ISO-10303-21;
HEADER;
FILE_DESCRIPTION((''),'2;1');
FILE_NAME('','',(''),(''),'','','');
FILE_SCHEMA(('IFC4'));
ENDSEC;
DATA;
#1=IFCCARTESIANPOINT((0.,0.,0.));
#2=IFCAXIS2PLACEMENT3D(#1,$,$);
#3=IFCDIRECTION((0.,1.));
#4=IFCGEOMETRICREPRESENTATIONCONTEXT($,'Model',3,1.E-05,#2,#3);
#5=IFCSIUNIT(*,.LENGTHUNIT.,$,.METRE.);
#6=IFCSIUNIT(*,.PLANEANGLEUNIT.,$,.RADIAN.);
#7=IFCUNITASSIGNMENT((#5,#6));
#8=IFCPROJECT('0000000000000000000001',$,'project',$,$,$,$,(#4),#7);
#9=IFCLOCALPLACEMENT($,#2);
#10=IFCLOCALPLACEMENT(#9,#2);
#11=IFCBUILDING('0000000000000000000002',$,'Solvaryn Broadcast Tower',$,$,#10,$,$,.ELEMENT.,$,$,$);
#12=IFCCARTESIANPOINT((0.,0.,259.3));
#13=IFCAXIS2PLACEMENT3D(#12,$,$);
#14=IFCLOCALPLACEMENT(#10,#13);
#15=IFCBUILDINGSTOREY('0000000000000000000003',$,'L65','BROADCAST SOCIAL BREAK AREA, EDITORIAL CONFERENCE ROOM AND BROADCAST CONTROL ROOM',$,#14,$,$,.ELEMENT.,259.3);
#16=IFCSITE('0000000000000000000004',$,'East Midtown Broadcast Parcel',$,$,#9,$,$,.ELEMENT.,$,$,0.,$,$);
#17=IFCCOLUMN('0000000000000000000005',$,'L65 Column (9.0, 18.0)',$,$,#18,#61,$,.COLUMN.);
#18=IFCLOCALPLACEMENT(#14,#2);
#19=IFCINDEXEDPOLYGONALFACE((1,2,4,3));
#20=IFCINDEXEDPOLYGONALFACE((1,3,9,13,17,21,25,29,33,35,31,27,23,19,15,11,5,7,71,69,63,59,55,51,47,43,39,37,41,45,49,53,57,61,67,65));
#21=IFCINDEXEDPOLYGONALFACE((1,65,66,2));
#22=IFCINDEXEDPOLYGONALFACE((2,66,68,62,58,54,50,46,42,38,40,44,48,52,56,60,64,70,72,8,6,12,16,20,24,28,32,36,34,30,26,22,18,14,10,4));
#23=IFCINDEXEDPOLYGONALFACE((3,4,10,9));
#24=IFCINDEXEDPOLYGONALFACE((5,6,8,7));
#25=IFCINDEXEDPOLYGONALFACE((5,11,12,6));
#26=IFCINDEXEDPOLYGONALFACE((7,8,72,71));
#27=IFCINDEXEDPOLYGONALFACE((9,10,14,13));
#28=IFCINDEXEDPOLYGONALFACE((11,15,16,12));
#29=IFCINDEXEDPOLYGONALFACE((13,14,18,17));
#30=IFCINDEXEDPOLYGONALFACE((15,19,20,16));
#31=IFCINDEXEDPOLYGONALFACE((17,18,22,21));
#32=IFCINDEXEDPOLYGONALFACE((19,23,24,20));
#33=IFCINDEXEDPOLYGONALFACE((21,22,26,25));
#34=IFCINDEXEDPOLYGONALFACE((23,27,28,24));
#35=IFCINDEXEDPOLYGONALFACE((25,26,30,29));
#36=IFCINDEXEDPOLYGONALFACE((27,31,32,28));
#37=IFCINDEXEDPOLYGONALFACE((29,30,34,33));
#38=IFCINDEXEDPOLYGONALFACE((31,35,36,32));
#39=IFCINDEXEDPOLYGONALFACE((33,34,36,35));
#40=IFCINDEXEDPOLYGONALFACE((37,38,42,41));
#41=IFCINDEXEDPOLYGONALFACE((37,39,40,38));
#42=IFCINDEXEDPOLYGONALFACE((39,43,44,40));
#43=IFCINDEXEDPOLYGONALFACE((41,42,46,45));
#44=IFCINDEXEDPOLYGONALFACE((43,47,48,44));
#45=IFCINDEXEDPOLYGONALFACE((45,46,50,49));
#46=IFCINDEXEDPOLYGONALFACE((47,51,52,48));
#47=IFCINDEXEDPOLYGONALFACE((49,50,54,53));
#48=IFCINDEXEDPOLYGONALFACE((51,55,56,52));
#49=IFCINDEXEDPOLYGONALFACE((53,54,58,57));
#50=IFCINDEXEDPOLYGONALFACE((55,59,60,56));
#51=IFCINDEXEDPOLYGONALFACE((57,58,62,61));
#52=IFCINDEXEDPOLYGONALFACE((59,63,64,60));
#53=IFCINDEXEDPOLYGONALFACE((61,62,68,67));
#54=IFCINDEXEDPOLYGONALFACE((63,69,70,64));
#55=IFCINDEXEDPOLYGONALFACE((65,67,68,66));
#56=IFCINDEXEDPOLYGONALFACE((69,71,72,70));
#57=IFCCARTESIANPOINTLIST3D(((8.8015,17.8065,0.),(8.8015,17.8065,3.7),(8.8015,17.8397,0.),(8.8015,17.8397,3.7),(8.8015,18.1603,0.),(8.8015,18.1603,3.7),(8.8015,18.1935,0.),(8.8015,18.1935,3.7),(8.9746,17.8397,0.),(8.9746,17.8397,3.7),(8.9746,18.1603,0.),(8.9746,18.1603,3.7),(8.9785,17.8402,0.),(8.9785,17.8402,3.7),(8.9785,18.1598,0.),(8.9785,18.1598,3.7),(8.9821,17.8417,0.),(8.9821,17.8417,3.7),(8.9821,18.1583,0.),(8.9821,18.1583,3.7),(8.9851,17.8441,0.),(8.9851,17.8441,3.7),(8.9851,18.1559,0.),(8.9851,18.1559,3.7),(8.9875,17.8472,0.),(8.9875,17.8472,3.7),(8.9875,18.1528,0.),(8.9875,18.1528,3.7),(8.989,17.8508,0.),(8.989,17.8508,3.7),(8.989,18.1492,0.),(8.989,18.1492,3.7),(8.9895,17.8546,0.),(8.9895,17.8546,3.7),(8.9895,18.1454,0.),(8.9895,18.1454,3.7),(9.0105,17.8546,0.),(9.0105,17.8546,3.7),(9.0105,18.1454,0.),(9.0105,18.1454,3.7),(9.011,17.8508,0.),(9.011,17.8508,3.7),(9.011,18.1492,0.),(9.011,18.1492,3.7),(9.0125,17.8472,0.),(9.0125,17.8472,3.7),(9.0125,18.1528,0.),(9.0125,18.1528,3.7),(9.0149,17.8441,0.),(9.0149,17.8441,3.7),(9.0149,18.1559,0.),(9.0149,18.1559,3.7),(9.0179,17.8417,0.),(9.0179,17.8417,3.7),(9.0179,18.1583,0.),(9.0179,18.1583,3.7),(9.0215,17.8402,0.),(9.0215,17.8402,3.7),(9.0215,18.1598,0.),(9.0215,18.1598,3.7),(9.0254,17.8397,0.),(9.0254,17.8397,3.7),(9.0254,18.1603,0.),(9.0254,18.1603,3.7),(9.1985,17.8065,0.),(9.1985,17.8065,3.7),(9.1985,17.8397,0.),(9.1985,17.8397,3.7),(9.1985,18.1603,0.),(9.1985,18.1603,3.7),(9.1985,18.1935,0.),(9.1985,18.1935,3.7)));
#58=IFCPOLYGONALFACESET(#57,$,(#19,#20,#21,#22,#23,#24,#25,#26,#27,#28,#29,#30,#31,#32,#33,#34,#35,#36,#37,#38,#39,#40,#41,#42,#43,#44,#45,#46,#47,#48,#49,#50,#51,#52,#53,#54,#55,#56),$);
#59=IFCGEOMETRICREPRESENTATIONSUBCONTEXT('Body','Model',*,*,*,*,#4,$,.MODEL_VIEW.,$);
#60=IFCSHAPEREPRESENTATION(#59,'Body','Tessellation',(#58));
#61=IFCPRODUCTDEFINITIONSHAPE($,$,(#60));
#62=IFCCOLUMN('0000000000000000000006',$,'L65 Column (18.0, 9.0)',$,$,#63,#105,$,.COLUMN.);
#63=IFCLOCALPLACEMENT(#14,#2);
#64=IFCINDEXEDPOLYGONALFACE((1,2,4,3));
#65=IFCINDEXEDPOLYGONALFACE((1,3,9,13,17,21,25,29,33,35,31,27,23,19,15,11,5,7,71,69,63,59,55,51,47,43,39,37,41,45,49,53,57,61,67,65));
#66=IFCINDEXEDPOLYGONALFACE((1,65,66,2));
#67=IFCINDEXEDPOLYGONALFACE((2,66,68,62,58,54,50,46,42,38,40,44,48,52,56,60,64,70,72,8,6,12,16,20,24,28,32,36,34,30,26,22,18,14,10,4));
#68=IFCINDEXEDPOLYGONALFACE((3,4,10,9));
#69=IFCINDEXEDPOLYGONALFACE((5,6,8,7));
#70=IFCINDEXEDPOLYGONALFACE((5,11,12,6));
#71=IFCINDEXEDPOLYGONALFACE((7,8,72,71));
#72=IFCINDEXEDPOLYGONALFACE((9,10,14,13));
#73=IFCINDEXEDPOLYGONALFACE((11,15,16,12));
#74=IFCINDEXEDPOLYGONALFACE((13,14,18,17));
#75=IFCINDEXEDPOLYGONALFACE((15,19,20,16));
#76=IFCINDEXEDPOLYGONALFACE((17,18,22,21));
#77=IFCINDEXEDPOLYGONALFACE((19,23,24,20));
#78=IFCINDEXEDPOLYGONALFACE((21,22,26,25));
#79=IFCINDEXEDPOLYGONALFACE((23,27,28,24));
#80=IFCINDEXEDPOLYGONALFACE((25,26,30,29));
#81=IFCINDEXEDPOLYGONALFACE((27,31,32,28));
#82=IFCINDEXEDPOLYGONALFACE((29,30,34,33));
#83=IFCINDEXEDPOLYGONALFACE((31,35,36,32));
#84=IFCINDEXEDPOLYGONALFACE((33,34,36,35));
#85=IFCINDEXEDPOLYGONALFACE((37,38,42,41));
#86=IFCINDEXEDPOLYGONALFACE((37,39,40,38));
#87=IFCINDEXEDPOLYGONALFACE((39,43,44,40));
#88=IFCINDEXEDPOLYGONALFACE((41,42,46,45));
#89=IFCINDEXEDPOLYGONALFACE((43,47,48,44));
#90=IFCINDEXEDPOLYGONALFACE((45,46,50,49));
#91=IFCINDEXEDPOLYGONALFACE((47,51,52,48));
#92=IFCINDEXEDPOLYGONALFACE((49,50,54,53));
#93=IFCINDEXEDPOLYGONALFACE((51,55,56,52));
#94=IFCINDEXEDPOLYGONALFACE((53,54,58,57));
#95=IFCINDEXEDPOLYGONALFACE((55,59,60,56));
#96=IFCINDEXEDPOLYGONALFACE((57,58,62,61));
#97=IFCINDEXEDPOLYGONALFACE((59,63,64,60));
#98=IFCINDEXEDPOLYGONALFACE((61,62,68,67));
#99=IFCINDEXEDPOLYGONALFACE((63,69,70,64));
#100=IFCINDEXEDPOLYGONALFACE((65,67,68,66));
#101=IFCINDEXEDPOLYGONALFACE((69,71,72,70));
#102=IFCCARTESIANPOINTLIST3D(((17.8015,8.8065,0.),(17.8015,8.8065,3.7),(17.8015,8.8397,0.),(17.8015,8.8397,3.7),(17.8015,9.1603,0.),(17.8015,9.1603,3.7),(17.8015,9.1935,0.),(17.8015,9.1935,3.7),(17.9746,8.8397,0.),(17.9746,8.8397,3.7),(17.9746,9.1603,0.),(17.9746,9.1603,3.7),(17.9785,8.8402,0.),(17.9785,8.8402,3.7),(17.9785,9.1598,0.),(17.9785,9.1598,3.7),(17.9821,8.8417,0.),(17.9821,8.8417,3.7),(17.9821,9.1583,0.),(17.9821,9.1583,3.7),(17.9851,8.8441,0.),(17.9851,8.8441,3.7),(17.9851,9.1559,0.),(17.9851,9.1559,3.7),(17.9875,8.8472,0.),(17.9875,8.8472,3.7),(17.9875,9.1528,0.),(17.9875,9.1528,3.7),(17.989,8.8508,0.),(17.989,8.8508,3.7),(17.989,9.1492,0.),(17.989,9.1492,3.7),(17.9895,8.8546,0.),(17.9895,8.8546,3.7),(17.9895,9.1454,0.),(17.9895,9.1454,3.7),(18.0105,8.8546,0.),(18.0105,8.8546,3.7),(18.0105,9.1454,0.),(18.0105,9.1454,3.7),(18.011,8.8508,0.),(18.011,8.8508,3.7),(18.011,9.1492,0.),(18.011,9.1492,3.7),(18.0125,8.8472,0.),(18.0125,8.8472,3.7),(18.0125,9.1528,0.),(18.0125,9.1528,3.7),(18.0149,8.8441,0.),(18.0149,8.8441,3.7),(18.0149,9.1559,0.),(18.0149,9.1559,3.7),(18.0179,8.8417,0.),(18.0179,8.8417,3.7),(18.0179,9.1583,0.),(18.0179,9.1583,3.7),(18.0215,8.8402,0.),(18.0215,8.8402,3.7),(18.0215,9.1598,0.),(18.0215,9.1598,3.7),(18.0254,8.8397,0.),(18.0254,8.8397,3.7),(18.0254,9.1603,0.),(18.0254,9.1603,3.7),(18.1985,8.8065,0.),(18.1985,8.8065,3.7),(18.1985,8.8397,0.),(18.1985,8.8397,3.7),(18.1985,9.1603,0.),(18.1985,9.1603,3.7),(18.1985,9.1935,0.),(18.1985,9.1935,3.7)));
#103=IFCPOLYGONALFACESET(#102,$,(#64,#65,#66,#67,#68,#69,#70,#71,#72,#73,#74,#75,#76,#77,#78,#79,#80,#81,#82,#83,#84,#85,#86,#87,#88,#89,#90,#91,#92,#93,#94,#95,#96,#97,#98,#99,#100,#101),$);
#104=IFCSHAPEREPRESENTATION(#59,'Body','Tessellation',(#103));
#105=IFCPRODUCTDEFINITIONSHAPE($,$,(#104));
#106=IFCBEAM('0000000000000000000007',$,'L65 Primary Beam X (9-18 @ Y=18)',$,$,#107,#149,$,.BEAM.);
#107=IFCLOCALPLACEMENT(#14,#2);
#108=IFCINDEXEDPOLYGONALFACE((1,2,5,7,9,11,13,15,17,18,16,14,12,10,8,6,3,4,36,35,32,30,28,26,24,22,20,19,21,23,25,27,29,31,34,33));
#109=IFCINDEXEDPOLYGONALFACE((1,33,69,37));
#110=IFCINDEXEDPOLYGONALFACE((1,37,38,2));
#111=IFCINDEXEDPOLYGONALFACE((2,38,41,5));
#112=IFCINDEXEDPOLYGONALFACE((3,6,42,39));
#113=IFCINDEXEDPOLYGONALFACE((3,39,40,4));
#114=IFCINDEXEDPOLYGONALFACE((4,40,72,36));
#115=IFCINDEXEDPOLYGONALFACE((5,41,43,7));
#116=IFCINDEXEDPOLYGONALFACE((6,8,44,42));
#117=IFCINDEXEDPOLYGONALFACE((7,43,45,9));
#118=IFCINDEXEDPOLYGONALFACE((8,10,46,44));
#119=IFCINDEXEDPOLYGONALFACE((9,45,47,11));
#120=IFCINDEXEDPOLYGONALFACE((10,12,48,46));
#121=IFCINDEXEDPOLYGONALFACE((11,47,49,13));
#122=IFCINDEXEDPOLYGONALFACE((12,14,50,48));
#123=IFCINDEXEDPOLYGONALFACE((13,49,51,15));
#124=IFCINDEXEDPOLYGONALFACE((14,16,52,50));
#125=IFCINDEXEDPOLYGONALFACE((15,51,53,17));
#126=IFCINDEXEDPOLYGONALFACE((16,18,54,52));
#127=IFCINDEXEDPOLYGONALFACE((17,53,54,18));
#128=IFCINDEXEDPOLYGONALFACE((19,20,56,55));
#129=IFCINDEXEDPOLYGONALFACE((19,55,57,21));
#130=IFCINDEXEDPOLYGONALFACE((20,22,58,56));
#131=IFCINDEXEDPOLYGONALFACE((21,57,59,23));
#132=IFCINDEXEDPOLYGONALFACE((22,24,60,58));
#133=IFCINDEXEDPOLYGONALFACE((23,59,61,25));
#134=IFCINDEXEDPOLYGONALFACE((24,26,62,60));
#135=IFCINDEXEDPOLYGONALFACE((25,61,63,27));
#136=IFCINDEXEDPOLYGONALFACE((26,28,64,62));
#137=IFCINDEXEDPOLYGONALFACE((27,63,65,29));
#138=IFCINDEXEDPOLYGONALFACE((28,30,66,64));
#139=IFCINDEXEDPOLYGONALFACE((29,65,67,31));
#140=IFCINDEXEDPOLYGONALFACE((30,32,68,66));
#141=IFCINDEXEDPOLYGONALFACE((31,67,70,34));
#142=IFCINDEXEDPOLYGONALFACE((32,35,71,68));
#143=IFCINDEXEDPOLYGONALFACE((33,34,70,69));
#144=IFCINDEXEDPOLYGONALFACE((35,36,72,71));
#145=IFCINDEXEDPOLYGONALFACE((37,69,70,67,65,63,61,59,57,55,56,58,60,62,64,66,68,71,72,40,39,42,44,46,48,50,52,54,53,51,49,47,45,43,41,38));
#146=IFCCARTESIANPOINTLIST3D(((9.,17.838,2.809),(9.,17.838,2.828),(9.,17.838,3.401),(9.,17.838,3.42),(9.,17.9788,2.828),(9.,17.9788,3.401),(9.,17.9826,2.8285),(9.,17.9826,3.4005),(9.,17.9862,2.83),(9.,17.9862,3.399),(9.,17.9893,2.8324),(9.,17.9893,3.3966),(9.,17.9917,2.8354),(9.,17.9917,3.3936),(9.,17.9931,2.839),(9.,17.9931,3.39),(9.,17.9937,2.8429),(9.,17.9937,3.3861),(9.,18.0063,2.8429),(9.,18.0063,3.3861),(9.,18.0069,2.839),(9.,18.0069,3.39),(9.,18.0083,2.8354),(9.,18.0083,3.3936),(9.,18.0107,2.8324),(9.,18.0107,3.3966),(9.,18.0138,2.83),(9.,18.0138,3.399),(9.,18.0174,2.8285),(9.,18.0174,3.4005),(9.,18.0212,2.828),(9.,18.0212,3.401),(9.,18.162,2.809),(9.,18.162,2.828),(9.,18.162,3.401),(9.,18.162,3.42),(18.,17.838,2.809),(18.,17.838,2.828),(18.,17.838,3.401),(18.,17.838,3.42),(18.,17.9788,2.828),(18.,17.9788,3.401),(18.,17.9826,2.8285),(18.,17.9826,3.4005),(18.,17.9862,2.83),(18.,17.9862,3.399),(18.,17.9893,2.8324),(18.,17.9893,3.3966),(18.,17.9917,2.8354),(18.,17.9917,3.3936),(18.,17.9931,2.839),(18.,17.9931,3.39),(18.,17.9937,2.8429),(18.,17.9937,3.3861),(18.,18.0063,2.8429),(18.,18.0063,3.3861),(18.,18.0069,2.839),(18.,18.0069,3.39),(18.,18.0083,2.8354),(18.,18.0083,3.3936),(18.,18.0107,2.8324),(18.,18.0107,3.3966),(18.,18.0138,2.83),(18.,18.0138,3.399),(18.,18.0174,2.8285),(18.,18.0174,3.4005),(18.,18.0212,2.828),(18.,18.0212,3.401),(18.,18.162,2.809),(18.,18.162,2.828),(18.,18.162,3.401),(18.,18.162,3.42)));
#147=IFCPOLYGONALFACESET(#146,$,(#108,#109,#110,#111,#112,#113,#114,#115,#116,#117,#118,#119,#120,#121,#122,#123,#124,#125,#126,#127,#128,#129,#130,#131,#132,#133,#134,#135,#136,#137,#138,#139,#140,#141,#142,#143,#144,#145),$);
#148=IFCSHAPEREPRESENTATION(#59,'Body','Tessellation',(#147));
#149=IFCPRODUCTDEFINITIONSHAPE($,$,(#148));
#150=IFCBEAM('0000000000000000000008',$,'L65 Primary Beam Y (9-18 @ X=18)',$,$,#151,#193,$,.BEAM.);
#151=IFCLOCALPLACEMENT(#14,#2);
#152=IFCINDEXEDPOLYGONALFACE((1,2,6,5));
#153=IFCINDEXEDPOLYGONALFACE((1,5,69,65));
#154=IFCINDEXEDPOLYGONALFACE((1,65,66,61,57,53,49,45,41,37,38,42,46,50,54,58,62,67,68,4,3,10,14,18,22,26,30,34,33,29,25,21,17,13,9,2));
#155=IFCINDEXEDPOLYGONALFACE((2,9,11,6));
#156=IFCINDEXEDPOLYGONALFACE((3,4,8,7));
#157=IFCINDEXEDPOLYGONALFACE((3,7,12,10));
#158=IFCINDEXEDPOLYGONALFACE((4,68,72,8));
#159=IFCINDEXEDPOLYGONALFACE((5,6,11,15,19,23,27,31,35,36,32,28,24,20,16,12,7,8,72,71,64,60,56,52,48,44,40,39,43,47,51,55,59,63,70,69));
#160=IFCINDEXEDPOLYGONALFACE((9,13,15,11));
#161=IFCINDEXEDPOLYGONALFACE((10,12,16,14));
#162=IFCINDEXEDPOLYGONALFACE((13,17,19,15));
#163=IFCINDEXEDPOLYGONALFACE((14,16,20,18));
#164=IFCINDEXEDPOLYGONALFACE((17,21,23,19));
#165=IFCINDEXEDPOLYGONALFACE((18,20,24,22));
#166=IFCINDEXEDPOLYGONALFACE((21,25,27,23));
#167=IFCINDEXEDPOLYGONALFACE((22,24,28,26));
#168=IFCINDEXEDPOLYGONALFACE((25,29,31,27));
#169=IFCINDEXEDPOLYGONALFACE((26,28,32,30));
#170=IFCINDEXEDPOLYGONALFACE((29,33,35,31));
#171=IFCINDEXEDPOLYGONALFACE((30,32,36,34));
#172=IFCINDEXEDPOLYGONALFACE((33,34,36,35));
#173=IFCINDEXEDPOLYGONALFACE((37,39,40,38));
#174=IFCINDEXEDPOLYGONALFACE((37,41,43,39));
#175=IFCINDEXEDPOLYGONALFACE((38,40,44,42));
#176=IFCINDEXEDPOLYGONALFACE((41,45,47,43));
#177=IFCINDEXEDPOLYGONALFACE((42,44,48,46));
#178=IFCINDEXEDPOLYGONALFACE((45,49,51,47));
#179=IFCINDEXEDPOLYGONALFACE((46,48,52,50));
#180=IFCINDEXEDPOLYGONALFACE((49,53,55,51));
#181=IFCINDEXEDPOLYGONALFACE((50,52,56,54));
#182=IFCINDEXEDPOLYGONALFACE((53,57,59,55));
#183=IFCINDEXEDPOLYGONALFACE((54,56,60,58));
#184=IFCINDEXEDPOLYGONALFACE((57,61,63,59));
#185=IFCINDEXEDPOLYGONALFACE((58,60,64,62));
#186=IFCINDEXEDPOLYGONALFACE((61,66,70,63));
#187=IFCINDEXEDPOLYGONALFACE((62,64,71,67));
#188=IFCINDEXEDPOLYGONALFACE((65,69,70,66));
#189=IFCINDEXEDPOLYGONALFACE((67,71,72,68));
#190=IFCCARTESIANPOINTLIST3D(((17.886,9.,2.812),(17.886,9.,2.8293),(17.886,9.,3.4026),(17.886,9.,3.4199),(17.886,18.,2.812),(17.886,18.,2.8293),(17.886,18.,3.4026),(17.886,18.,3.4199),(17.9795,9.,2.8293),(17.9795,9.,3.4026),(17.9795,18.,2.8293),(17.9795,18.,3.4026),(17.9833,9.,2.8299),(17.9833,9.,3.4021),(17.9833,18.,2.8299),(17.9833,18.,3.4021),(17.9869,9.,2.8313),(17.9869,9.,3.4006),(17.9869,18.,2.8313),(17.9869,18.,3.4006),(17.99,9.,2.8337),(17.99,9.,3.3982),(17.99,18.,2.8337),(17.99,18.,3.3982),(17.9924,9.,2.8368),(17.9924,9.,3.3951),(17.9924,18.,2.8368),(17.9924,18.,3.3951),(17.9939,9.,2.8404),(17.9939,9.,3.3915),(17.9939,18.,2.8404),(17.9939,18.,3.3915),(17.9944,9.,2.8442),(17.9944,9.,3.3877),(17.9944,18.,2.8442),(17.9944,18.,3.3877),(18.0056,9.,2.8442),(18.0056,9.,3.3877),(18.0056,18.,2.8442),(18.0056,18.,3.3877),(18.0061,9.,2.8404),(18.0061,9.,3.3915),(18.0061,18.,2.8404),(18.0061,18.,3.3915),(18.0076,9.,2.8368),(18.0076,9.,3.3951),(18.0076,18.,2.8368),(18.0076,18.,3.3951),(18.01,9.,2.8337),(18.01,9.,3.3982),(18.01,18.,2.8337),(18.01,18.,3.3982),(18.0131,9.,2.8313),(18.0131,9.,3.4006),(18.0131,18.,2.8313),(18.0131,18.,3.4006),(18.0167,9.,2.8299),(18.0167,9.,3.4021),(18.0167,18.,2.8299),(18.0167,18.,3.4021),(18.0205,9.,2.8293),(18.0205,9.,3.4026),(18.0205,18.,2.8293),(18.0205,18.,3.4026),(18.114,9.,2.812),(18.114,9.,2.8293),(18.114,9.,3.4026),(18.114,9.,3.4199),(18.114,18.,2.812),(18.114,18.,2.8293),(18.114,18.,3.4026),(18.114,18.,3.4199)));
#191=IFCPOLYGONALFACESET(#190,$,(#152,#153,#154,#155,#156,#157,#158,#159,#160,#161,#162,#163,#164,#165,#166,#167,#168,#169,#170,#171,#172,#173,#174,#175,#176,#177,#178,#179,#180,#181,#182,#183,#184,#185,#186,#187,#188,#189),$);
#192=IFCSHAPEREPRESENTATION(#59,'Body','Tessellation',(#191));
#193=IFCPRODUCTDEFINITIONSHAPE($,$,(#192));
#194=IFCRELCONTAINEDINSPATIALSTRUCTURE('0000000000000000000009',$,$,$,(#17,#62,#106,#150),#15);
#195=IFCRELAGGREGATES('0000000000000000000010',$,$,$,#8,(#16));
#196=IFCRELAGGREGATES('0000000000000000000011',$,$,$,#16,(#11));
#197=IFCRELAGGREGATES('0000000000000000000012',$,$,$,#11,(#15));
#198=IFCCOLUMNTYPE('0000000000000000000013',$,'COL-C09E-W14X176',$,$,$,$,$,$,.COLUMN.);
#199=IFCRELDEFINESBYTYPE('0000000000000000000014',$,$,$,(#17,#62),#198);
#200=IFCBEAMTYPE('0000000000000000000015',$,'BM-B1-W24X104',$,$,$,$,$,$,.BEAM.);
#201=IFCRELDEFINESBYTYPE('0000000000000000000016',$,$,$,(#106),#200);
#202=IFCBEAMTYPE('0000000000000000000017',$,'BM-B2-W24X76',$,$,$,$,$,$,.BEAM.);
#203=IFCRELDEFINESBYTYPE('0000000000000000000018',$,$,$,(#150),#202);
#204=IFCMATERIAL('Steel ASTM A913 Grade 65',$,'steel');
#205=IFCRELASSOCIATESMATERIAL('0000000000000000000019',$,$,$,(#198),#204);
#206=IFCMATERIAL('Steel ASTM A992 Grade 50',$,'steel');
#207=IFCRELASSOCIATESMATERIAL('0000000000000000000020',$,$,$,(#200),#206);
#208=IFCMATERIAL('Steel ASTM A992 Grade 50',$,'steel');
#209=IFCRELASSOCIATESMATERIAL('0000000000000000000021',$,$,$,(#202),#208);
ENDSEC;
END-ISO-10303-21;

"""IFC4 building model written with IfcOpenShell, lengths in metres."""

from ifc_helpers import new_model, si_unit, direction, frame, origin, origin_2d, place, context, subcontext, project, spatial, i_section, extrude, material, material_profile, profile_set, type_object, element, save


model = new_model("IFC4")

# Units and contexts
model_context = context("Model", 3, precision=1e-05, world=origin(), true_north=direction((0.0, 1.0)))
body_context = subcontext(model_context, "Body", "Model", "MODEL_VIEW")
ifc_project = project(units=[si_unit("LENGTHUNIT", "METRE"), si_unit("PLANEANGLEUNIT", "RADIAN")], contexts=[model_context])

# Site, building, storey
site_placement = place(None, origin())
site = spatial("IfcSite", under=ifc_project, at=site_placement, Name="East Midtown Broadcast Parcel", CompositionType="ELEMENT", RefElevation=0.0)
building_placement = place(site_placement, origin())
building = spatial("IfcBuilding", under=site, at=building_placement, Name="Solvaryn Broadcast Tower", CompositionType="ELEMENT")
storey_placement = place(building_placement, frame((0.0, 0.0, 259.3)))
storey = spatial("IfcBuildingStorey", under=building, at=storey_placement, Name="L65", Description="BROADCAST SOCIAL BREAK AREA, EDITORIAL CONFERENCE ROOM AND BROADCAST CONTROL ROOM", CompositionType="ELEMENT", Elevation=259.3)

# Columns
ifc_material_1 = material(Name="Steel ASTM A913 Grade 65", Category="steel")
ifc_material_profile_1 = material_profile(ifc_material_1, i_section(OverallWidth=0.397, OverallDepth=0.387, WebThickness=0.021, FlangeThickness=0.0332, FilletRadius=0.0149, at=origin_2d()))
ifc_profile_set_1 = profile_set([ifc_material_profile_1], Name="Steel ASTM A913 Grade 65")
column_type = type_object("IfcColumnType", Name="COL-C09E-W14X176", PredefinedType="COLUMN", material=ifc_profile_set_1)
for number, where, z_axis, x_axis, name in (
    (1, (9.0, 18.0, 0.0), (0.0, 0.0, 1.0), (1.0, 0.0, 0.0), "L65 Column (9.0, 18.0)"),
    (2, (18.0, 9.0, 0.0), (0.0, 0.0, 1.0), (1.0, 0.0, 0.0), "L65 Column (18.0, 9.0)"),
):
    element("IfcColumn", number, at=place(storey_placement, frame(where, z_axis=z_axis, x_axis=x_axis)), inside=storey, type_object=column_type, Name=name, PredefinedType="COLUMN", context=body_context, shape_type="SweptSolid", body=[
        extrude(i_section(OverallWidth=0.397, OverallDepth=0.387, WebThickness=0.021, FlangeThickness=0.0332, FilletRadius=0.0149, at=origin_2d()), origin(), (0.0, 0.0, 1.0), 3.7),
    ])

# Beams
ifc_material_2 = material(Name="Steel ASTM A992 Grade 50", Category="steel")
ifc_material_profile_2 = material_profile(ifc_material_2, i_section(OverallWidth=0.324, OverallDepth=0.6111, WebThickness=0.0127, FlangeThickness=0.019, FilletRadius=0.0149, at=origin_2d()))
ifc_profile_set_2 = profile_set([ifc_material_profile_2], Name="Steel ASTM A992 Grade 50")
beam_type_1 = type_object("IfcBeamType", Name="BM-B1-W24X104", PredefinedType="BEAM", material=ifc_profile_set_2)
beam_1_placement = place(storey_placement, frame((9.0, 18.0, 3.1145), z_axis=(1.0, 0.0, 0.0), x_axis=(0.0, 1.0, 0.0)))
element("IfcBeam", 3, at=beam_1_placement, inside=storey, type_object=beam_type_1, Name="L65 Primary Beam X (9-18 @ Y=18)", PredefinedType="BEAM", context=body_context, shape_type="SweptSolid", body=[
    extrude(i_section(OverallWidth=0.324, OverallDepth=0.6111, WebThickness=0.0127, FlangeThickness=0.019, FilletRadius=0.0149, at=origin_2d()), origin(), (0.0, 0.0, 1.0), 9.0),
])
ifc_material_3 = material(Name="Steel ASTM A992 Grade 50", Category="steel")
ifc_material_profile_3 = material_profile(ifc_material_3, i_section(OverallWidth=0.228, OverallDepth=0.6079, WebThickness=0.0112, FlangeThickness=0.0173, FilletRadius=0.0149, at=origin_2d()))
ifc_profile_set_3 = profile_set([ifc_material_profile_3], Name="Steel ASTM A992 Grade 50")
beam_type_2 = type_object("IfcBeamType", Name="BM-B2-W24X76", PredefinedType="BEAM", material=ifc_profile_set_3)
beam_2_placement = place(storey_placement, frame((18.0, 9.0, 3.116), z_axis=(0.0, 1.0, 0.0), x_axis=(-1.0, 0.0, 0.0)))
element("IfcBeam", 4, at=beam_2_placement, inside=storey, type_object=beam_type_2, Name="L65 Primary Beam Y (9-18 @ X=18)", PredefinedType="BEAM", context=body_context, shape_type="SweptSolid", body=[
    extrude(i_section(OverallWidth=0.228, OverallDepth=0.6079, WebThickness=0.0112, FlangeThickness=0.0173, FilletRadius=0.0149, at=origin_2d()), origin(), (0.0, 0.0, 1.0), 9.0),
])

save(model, "model.ifc")
